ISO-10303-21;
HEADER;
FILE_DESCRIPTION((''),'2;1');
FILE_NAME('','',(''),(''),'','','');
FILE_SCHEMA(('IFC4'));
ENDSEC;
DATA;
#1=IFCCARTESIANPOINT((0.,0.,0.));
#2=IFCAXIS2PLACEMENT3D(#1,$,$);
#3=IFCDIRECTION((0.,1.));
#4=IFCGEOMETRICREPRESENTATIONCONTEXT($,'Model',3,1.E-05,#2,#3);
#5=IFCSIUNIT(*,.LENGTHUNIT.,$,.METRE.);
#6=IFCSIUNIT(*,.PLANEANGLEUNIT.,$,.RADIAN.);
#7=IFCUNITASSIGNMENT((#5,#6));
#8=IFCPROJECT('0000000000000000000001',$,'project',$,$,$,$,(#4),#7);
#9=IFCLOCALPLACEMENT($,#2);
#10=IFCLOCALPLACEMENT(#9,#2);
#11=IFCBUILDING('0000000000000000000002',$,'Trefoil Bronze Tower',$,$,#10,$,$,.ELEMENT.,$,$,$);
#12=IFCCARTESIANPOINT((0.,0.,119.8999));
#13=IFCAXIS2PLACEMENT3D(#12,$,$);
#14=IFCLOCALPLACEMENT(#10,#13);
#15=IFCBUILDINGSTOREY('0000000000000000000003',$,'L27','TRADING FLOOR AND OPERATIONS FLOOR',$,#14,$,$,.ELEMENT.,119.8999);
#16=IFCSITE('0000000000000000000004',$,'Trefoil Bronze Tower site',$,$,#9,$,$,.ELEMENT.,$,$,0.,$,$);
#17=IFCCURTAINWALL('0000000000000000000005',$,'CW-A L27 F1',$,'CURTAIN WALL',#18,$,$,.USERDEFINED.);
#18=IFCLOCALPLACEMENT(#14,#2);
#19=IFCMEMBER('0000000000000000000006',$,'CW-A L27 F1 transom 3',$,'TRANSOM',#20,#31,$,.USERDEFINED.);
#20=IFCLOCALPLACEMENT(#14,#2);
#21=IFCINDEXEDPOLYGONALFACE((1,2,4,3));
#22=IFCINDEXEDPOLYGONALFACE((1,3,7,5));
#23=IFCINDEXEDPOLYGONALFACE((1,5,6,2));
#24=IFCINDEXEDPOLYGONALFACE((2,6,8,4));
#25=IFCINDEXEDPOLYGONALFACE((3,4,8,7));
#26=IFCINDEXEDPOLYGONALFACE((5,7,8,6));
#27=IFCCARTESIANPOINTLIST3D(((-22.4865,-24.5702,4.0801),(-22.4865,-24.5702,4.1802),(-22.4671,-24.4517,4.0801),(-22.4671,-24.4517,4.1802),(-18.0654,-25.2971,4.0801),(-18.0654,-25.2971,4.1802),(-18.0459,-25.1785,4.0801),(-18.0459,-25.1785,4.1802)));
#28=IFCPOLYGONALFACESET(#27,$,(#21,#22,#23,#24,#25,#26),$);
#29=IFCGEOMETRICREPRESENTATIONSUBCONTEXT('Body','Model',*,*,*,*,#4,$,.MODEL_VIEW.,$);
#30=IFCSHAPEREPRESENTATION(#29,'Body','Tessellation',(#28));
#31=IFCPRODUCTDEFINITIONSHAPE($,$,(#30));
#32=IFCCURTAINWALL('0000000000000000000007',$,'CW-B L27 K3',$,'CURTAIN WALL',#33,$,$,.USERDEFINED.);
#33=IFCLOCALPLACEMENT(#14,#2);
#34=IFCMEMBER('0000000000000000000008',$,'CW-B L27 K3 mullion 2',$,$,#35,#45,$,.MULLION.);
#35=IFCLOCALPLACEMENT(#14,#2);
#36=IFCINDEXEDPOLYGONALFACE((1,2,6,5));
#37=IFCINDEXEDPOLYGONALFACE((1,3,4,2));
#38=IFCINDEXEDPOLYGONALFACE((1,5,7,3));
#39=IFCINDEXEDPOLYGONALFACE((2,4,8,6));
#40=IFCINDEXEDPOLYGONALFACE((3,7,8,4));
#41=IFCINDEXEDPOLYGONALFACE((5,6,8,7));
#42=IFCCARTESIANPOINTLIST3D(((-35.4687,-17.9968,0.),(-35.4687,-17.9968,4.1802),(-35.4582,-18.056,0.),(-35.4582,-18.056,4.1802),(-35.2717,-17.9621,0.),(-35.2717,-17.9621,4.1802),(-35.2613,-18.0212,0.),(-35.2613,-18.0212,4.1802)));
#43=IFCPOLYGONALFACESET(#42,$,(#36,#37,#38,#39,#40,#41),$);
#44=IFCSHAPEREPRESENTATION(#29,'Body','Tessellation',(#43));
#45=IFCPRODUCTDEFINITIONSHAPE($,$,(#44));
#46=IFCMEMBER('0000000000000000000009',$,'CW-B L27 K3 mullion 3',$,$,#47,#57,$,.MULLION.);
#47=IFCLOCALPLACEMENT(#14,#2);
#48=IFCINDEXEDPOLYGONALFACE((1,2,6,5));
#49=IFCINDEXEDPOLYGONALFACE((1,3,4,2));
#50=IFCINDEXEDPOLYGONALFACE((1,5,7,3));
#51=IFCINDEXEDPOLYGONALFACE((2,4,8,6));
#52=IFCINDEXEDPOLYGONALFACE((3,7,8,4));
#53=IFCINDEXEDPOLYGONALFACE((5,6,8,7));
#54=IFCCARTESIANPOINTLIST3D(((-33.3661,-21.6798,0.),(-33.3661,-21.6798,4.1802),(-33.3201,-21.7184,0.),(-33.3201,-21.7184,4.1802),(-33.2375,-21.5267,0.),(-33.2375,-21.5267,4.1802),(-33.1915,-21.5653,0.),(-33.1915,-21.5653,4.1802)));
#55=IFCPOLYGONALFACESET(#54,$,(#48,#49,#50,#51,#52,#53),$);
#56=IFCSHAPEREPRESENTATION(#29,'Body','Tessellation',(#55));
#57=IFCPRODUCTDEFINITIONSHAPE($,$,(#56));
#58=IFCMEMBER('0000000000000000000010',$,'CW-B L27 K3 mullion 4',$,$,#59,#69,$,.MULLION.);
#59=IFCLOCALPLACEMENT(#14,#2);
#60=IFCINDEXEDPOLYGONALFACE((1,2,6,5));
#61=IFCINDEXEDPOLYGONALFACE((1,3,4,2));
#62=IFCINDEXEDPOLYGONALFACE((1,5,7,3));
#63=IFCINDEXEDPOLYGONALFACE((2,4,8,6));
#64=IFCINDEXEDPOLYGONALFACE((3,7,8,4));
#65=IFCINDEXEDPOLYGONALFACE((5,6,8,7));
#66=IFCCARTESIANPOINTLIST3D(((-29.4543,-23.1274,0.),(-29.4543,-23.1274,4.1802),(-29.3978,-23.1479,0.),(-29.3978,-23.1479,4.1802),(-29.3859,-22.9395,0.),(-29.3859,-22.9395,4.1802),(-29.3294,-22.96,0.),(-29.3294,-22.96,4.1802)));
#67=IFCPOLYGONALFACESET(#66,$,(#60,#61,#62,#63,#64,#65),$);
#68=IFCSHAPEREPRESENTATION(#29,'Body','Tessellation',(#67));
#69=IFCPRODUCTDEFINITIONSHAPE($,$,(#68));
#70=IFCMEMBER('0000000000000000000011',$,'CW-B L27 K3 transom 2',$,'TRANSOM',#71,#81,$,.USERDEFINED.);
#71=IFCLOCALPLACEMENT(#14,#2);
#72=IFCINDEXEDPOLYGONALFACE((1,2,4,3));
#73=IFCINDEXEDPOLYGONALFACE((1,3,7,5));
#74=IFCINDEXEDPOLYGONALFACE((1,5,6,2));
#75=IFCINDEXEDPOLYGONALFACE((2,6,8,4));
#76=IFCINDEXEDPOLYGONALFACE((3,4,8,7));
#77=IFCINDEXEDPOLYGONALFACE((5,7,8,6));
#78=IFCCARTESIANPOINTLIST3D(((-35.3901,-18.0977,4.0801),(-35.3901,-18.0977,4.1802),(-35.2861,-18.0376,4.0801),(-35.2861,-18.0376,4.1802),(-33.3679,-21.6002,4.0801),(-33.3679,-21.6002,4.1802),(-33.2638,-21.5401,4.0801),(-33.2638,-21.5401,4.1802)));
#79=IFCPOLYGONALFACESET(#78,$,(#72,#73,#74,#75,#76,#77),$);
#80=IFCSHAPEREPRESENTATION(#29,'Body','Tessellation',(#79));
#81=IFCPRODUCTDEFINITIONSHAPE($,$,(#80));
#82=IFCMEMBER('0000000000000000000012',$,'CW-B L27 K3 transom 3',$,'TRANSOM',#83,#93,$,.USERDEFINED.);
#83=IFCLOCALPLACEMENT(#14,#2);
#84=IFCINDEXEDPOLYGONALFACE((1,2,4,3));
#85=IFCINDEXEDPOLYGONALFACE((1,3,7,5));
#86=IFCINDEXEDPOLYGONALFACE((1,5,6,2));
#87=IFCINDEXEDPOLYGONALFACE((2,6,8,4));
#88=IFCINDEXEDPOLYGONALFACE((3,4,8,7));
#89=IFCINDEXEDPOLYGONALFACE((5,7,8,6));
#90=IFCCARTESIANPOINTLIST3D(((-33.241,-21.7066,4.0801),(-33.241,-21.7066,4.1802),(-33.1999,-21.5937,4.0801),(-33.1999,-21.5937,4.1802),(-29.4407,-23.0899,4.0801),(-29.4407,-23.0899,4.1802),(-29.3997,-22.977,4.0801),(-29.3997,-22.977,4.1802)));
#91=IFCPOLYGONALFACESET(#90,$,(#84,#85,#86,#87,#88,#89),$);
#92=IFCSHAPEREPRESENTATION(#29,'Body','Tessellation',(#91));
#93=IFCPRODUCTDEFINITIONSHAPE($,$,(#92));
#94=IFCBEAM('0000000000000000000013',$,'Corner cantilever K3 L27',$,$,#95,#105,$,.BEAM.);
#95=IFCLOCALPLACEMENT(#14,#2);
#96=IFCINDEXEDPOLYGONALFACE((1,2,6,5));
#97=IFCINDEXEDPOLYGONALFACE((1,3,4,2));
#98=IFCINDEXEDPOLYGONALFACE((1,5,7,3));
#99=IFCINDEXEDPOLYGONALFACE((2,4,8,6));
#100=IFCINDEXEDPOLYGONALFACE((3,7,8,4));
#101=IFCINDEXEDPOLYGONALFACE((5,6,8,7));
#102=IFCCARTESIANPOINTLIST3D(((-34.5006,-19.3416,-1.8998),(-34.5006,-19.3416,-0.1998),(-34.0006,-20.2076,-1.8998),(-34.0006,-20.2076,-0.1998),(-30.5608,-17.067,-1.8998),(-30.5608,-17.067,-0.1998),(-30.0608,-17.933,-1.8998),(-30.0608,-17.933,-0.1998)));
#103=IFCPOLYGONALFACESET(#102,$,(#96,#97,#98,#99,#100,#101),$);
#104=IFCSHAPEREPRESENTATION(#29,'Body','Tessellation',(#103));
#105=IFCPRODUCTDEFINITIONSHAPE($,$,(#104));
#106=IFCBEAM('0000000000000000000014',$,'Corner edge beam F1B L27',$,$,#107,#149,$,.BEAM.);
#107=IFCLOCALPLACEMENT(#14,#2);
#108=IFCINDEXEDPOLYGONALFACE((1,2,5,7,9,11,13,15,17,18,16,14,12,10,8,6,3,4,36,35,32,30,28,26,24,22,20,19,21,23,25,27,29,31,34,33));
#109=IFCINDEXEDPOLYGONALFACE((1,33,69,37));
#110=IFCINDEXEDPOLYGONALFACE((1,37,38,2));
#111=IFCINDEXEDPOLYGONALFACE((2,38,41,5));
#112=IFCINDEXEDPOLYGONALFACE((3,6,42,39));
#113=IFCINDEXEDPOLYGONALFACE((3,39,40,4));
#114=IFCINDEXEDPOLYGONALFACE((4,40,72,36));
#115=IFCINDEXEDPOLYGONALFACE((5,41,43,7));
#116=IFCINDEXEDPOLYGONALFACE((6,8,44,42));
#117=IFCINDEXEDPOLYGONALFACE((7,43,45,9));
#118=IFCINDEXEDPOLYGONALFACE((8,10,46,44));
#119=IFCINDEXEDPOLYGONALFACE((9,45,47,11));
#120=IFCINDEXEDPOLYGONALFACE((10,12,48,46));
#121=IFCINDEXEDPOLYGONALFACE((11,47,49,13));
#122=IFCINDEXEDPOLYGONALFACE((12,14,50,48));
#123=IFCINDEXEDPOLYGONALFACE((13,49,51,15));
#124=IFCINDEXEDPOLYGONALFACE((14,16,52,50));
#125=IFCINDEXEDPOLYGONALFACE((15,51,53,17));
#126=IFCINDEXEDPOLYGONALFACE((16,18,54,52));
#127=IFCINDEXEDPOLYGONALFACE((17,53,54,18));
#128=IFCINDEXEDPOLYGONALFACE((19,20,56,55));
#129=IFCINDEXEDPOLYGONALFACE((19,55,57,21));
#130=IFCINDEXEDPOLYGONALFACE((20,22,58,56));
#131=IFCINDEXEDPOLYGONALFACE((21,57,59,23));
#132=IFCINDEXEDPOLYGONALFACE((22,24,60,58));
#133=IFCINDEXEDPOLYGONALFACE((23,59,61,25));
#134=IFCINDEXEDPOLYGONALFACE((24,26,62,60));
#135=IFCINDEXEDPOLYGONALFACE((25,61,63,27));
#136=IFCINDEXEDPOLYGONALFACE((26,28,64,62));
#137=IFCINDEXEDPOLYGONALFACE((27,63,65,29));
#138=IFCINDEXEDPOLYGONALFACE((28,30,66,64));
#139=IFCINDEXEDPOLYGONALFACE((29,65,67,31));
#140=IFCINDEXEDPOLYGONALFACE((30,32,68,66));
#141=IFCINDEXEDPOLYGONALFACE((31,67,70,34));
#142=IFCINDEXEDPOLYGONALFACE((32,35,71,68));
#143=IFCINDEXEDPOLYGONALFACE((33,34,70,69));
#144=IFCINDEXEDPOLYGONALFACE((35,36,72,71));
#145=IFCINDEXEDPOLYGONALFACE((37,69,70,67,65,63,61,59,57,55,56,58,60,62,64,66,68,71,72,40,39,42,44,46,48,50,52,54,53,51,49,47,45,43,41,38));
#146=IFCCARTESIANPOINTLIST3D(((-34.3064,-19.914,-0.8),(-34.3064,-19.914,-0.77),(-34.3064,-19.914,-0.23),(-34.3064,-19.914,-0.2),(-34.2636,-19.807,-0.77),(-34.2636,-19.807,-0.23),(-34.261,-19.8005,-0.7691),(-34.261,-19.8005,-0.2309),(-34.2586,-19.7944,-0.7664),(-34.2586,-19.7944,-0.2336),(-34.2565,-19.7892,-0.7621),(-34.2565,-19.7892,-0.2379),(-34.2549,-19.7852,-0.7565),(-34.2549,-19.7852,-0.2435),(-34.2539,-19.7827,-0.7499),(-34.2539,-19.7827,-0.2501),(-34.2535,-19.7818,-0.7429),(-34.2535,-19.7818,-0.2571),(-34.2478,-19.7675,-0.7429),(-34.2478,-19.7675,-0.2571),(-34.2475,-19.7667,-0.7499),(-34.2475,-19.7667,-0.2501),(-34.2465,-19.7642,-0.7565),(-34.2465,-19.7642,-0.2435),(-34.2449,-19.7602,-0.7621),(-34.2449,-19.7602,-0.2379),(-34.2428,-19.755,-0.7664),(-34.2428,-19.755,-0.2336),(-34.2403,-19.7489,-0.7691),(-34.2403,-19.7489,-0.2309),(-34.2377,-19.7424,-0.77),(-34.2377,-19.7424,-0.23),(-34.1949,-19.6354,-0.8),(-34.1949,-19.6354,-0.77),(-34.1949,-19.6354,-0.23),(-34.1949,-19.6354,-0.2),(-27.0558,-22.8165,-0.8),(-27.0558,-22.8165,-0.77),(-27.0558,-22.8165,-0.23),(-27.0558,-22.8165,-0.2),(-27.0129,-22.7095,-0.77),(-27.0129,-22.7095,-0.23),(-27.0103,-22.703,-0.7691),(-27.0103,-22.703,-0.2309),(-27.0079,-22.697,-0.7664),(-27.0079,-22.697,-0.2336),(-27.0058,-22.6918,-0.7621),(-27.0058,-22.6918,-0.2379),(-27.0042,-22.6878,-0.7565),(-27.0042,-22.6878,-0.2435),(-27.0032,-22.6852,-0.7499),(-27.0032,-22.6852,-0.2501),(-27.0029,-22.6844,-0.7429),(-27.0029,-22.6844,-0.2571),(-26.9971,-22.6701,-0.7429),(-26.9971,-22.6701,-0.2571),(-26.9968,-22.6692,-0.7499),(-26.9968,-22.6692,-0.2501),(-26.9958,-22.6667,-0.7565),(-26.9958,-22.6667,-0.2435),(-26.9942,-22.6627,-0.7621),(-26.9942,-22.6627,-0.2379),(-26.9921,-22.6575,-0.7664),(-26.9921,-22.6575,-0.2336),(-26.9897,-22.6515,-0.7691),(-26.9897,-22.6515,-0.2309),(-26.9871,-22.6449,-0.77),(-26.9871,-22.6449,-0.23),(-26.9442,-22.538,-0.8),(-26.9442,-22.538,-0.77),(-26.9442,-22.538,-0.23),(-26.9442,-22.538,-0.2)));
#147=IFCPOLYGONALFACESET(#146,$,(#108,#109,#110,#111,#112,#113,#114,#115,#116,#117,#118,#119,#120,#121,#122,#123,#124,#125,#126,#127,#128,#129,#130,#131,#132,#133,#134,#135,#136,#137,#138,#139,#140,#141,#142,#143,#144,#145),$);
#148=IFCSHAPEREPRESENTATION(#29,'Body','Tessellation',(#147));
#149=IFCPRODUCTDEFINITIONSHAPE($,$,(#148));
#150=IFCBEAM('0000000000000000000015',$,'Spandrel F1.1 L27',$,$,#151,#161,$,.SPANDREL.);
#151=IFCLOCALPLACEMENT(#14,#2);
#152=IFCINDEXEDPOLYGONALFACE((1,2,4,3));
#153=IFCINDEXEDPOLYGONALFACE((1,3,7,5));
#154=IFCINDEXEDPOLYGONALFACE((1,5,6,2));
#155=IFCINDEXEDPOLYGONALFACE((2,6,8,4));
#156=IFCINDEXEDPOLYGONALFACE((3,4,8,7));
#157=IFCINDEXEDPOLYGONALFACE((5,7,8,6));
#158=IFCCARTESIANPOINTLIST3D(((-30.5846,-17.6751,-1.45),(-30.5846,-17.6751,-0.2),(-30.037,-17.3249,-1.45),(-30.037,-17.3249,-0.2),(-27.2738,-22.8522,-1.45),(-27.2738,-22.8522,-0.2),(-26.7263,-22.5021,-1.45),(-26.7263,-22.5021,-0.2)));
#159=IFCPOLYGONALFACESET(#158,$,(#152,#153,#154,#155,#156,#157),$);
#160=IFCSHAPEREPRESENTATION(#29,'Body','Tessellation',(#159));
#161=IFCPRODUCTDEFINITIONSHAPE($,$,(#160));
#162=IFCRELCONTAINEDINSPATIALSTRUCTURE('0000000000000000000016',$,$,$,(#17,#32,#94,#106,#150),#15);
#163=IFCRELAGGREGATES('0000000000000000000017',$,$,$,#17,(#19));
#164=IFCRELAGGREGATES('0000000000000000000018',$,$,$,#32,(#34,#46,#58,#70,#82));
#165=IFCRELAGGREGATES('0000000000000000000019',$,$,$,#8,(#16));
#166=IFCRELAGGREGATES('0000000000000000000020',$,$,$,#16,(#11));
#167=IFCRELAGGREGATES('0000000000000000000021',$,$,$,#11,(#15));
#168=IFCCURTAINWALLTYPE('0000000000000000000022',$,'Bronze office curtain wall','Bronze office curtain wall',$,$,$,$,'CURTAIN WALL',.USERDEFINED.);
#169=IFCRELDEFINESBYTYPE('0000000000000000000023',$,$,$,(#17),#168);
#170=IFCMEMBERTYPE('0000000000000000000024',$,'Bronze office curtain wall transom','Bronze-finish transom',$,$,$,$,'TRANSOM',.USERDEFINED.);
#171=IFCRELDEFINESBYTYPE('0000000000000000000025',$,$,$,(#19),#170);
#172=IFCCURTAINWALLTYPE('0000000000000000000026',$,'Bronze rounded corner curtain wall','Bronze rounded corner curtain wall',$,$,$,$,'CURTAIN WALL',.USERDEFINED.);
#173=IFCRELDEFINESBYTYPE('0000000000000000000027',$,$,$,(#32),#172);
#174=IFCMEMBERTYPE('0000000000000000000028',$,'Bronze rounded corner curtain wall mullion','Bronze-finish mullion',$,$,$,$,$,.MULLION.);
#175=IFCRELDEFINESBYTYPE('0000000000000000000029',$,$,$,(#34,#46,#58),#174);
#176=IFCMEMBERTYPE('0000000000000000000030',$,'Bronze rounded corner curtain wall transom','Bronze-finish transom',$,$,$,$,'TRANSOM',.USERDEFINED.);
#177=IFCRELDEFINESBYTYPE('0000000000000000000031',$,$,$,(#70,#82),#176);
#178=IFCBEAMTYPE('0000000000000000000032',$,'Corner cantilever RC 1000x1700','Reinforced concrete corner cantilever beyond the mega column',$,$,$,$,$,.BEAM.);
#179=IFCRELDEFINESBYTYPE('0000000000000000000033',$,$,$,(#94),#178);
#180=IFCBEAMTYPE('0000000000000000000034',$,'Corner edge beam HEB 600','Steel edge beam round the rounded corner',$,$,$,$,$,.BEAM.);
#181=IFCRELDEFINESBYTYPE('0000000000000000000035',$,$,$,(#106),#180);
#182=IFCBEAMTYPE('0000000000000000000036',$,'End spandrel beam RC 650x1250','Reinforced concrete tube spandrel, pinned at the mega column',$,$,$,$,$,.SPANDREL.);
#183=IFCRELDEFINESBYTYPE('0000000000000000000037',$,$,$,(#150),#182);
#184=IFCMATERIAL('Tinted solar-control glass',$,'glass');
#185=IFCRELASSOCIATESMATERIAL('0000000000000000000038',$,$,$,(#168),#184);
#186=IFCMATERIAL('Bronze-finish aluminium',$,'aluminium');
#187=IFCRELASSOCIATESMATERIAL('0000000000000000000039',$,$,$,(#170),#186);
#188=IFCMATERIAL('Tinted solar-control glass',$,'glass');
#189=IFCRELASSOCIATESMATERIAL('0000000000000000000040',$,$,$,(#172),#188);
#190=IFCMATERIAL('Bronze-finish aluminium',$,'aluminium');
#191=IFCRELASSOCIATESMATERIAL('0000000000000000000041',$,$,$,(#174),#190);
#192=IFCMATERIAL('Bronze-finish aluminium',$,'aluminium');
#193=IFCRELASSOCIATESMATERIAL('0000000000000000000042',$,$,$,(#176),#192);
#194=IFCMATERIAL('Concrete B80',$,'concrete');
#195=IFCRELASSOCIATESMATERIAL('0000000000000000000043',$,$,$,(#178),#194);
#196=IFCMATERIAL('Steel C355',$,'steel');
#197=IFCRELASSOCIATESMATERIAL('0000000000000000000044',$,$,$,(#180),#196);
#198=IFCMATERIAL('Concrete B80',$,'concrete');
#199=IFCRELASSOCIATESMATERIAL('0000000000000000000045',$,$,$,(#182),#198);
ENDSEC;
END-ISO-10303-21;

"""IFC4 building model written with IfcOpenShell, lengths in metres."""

from ifc_helpers import new_model, si_unit, direction, frame, origin, origin_2d, place, context, subcontext, project, spatial, rectangle, i_section, extrude, material, material_profile, profile_set, type_object, element, aggregate, save


model = new_model("IFC4")

# Units and contexts
model_context = context("Model", 3, precision=1e-05, world=origin(), true_north=direction((0.0, 1.0)))
body_context = subcontext(model_context, "Body", "Model", "MODEL_VIEW")
ifc_project = project(units=[si_unit("LENGTHUNIT", "METRE"), si_unit("PLANEANGLEUNIT", "RADIAN")], contexts=[model_context])

# Site, building, storey
site_placement = place(None, origin())
site = spatial("IfcSite", under=ifc_project, at=site_placement, Name="Trefoil Bronze Tower site", CompositionType="ELEMENT", RefElevation=0.0)
building_placement = place(site_placement, origin())
building = spatial("IfcBuilding", under=site, at=building_placement, Name="Trefoil Bronze Tower", CompositionType="ELEMENT")
storey_placement = place(building_placement, frame((0.0, 0.0, 119.8999)))
storey = spatial("IfcBuildingStorey", under=building, at=storey_placement, Name="L27", Description="TRADING FLOOR AND OPERATIONS FLOOR", CompositionType="ELEMENT", Elevation=119.8999)

# Curtain walls, members
ifc_material_1 = material(Name="Tinted solar-control glass", Category="glass")
curtain_wall_type_1 = type_object("IfcCurtainWallType", Name="Bronze office curtain wall", Description="Bronze office curtain wall", ElementType="CURTAIN WALL", PredefinedType="USERDEFINED", material=ifc_material_1)
curtain_wall_1_placement = place(storey_placement, origin())
curtain_wall_1 = element("IfcCurtainWall", 1, at=curtain_wall_1_placement, inside=storey, type_object=curtain_wall_type_1, Name="CW-A L27 F1", ObjectType="CURTAIN WALL", PredefinedType="USERDEFINED")
ifc_material_2 = material(Name="Bronze-finish aluminium", Category="aluminium")
ifc_material_profile_1 = material_profile(ifc_material_2, rectangle(XDim=0.1201, YDim=0.1001, at=origin_2d()), Name="CW-A transom")
ifc_profile_set_1 = profile_set([ifc_material_profile_1], Name="Bronze-finish aluminium")
member_type_1 = type_object("IfcMemberType", Name="Bronze office curtain wall transom", Description="Bronze-finish transom", ElementType="TRANSOM", PredefinedType="USERDEFINED", material=ifc_profile_set_1)
member_1_placement = place(storey_placement, frame((-22.4768, -24.511, 4.1301), z_axis=(0.986755, -0.162216, 0.0), x_axis=(0.162216, 0.986755, 0.0)))
member_1 = element("IfcMember", 2, at=member_1_placement, type_object=member_type_1, Name="CW-A L27 F1 transom 3", ObjectType="TRANSOM", PredefinedType="USERDEFINED", context=body_context, shape_type="SweptSolid", body=[
    extrude(rectangle(XDim=0.1201, YDim=0.1001, at=origin_2d()), origin(), (0.0, 0.0, 1.0), 4.4805),
])
ifc_material_3 = material(Name="Tinted solar-control glass", Category="glass")
curtain_wall_type_2 = type_object("IfcCurtainWallType", Name="Bronze rounded corner curtain wall", Description="Bronze rounded corner curtain wall", ElementType="CURTAIN WALL", PredefinedType="USERDEFINED", material=ifc_material_3)
curtain_wall_2_placement = place(storey_placement, origin())
curtain_wall_2 = element("IfcCurtainWall", 3, at=curtain_wall_2_placement, inside=storey, type_object=curtain_wall_type_2, Name="CW-B L27 K3", ObjectType="CURTAIN WALL", PredefinedType="USERDEFINED")
ifc_material_4 = material(Name="Bronze-finish aluminium", Category="aluminium")
ifc_material_profile_2 = material_profile(ifc_material_4, rectangle(XDim=0.2, YDim=0.0601, at=origin_2d()), Name="CW-B mullion")
ifc_profile_set_2 = profile_set([ifc_material_profile_2], Name="Bronze-finish aluminium")
member_type_2 = type_object("IfcMemberType", Name="Bronze rounded corner curtain wall mullion", Description="Bronze-finish mullion", PredefinedType="MULLION", material=ifc_profile_set_2)
member_2_placement = place(storey_placement, frame((-35.365, -18.009, 0.0), z_axis=(0.0, 0.0, 1.0), x_axis=(0.984808, 0.173648, 0.0)))
member_2 = element("IfcMember", 4, at=member_2_placement, type_object=member_type_2, Name="CW-B L27 K3 mullion 2", PredefinedType="MULLION", context=body_context, shape_type="SweptSolid", body=[
    extrude(rectangle(XDim=0.2, YDim=0.0601, at=origin_2d()), origin(), (0.0, 0.0, 1.0), 4.1802),
])
member_3_placement = place(storey_placement, frame((-33.2788, -21.6226, 0.0), z_axis=(0.0, 0.0, 1.0), x_axis=(0.642788, 0.766044, 0.0)))
member_3 = element("IfcMember", 5, at=member_3_placement, type_object=member_type_2, Name="CW-B L27 K3 mullion 3", PredefinedType="MULLION", context=body_context, shape_type="SweptSolid", body=[
    extrude(rectangle(XDim=0.2, YDim=0.0601, at=origin_2d()), origin(), (0.0, 0.0, 1.0), 4.1802),
])
member_4_placement = place(storey_placement, frame((-29.3918, -23.0437, 0.0), z_axis=(0.0, 0.0, 1.0), x_axis=(0.34202, 0.939693, 0.0)))
member_4 = element("IfcMember", 6, at=member_4_placement, type_object=member_type_2, Name="CW-B L27 K3 mullion 4", PredefinedType="MULLION", context=body_context, shape_type="SweptSolid", body=[
    extrude(rectangle(XDim=0.2, YDim=0.0601, at=origin_2d()), origin(), (0.0, 0.0, 1.0), 4.1802),
])
ifc_material_5 = material(Name="Bronze-finish aluminium", Category="aluminium")
ifc_material_profile_3 = material_profile(ifc_material_5, rectangle(XDim=0.1201, YDim=0.1001, at=origin_2d()), Name="CW-B transom")
ifc_profile_set_3 = profile_set([ifc_material_profile_3], Name="Bronze-finish aluminium")
member_type_3 = type_object("IfcMemberType", Name="Bronze rounded corner curtain wall transom", Description="Bronze-finish transom", ElementType="TRANSOM", PredefinedType="USERDEFINED", material=ifc_profile_set_3)
member_5_placement = place(storey_placement, frame((-35.3381, -18.0676, 4.1301), z_axis=(0.500015, -0.866017, 0.0), x_axis=(0.866017, 0.500015, 0.0)))
member_5 = element("IfcMember", 7, at=member_5_placement, type_object=member_type_3, Name="CW-B L27 K3 transom 2", ObjectType="TRANSOM", PredefinedType="USERDEFINED", context=body_context, shape_type="SweptSolid", body=[
    extrude(rectangle(XDim=0.1201, YDim=0.1001, at=origin_2d()), origin(), (0.0, 0.0, 1.0), 4.0444),
])
member_6_placement = place(storey_placement, frame((-33.2205, -21.6501, 4.1301), z_axis=(0.939684, -0.342044, 0.0), x_axis=(0.342044, 0.939684, 0.0)))
member_6 = element("IfcMember", 8, at=member_6_placement, type_object=member_type_3, Name="CW-B L27 K3 transom 3", ObjectType="TRANSOM", PredefinedType="USERDEFINED", context=body_context, shape_type="SweptSolid", body=[
    extrude(rectangle(XDim=0.1201, YDim=0.1001, at=origin_2d()), origin(), (0.0, 0.0, 1.0), 4.0442),
])

# Beams
ifc_material_6 = material(Name="Concrete B80", Category="concrete")
ifc_material_profile_4 = material_profile(ifc_material_6, rectangle(XDim=1.0, YDim=1.7, at=origin_2d()), Name="RC 1000x1700")
ifc_profile_set_4 = profile_set([ifc_material_profile_4], Name="Concrete B80")
beam_type_1 = type_object("IfcBeamType", Name="Corner cantilever RC 1000x1700", Description="Reinforced concrete corner cantilever beyond the mega column", PredefinedType="BEAM", material=ifc_profile_set_4)
beam_1_placement = place(storey_placement, frame((-30.3108, -17.5, -1.0498), z_axis=(-0.866032, -0.499989, 0.0), x_axis=(0.499989, -0.866032, 0.0)))
element("IfcBeam", 9, at=beam_1_placement, inside=storey, type_object=beam_type_1, Name="Corner cantilever K3 L27", PredefinedType="BEAM", context=body_context, shape_type="SweptSolid", body=[
    extrude(rectangle(XDim=1.0, YDim=1.7, at=origin_2d()), origin(), (0.0, 0.0, 1.0), 4.5493),
])
ifc_material_7 = material(Name="Steel C355", Category="steel")
ifc_material_profile_5 = material_profile(ifc_material_7, i_section(OverallWidth=0.3, OverallDepth=0.6001, WebThickness=0.0154, FlangeThickness=0.03, FilletRadius=0.0271, at=origin_2d()), Name="HEB 600")
ifc_profile_set_5 = profile_set([ifc_material_profile_5], Name="Steel C355")
beam_type_2 = type_object("IfcBeamType", Name="Corner edge beam HEB 600", Description="Steel edge beam round the rounded corner", PredefinedType="BEAM", material=ifc_profile_set_5)
beam_2_placement = place(storey_placement, frame((-27.0, -22.6772, -0.5), z_axis=(-0.928375, 0.371644, 0.0), x_axis=(-0.371644, -0.928375, 0.0)))
element("IfcBeam", 10, at=beam_2_placement, inside=storey, type_object=beam_type_2, Name="Corner edge beam F1B L27", PredefinedType="BEAM", context=body_context, shape_type="SweptSolid", body=[
    extrude(i_section(OverallWidth=0.3, OverallDepth=0.6001, WebThickness=0.0154, FlangeThickness=0.03, FilletRadius=0.0271, at=origin_2d()), origin(), (0.0, 0.0, 1.0), 7.8101),
])
ifc_material_8 = material(Name="Concrete B80", Category="concrete")
ifc_material_profile_6 = material_profile(ifc_material_8, rectangle(XDim=0.6499, YDim=1.25, at=origin_2d()), Name="RC 650x1250")
ifc_profile_set_6 = profile_set([ifc_material_profile_6], Name="Concrete B80")
beam_type_3 = type_object("IfcBeamType", Name="End spandrel beam RC 650x1250", Description="Reinforced concrete tube spandrel, pinned at the mega column", PredefinedType="SPANDREL", material=ifc_profile_set_6)
beam_3_placement = place(storey_placement, frame((-30.3108, -17.5, -0.825), z_axis=(0.538748, -0.842467, 0.0), x_axis=(0.842467, 0.538748, 0.0)))
element("IfcBeam", 11, at=beam_3_placement, inside=storey, type_object=beam_type_3, Name="Spandrel F1.1 L27", PredefinedType="SPANDREL", context=body_context, shape_type="SweptSolid", body=[
    extrude(rectangle(XDim=0.6499, YDim=1.25, at=origin_2d()), origin(), (0.0, 0.0, 1.0), 6.1453),
])

aggregate(curtain_wall_1, [member_1])
aggregate(curtain_wall_2, [member_2, member_3, member_4, member_5, member_6])

save(model, "model.ifc")
